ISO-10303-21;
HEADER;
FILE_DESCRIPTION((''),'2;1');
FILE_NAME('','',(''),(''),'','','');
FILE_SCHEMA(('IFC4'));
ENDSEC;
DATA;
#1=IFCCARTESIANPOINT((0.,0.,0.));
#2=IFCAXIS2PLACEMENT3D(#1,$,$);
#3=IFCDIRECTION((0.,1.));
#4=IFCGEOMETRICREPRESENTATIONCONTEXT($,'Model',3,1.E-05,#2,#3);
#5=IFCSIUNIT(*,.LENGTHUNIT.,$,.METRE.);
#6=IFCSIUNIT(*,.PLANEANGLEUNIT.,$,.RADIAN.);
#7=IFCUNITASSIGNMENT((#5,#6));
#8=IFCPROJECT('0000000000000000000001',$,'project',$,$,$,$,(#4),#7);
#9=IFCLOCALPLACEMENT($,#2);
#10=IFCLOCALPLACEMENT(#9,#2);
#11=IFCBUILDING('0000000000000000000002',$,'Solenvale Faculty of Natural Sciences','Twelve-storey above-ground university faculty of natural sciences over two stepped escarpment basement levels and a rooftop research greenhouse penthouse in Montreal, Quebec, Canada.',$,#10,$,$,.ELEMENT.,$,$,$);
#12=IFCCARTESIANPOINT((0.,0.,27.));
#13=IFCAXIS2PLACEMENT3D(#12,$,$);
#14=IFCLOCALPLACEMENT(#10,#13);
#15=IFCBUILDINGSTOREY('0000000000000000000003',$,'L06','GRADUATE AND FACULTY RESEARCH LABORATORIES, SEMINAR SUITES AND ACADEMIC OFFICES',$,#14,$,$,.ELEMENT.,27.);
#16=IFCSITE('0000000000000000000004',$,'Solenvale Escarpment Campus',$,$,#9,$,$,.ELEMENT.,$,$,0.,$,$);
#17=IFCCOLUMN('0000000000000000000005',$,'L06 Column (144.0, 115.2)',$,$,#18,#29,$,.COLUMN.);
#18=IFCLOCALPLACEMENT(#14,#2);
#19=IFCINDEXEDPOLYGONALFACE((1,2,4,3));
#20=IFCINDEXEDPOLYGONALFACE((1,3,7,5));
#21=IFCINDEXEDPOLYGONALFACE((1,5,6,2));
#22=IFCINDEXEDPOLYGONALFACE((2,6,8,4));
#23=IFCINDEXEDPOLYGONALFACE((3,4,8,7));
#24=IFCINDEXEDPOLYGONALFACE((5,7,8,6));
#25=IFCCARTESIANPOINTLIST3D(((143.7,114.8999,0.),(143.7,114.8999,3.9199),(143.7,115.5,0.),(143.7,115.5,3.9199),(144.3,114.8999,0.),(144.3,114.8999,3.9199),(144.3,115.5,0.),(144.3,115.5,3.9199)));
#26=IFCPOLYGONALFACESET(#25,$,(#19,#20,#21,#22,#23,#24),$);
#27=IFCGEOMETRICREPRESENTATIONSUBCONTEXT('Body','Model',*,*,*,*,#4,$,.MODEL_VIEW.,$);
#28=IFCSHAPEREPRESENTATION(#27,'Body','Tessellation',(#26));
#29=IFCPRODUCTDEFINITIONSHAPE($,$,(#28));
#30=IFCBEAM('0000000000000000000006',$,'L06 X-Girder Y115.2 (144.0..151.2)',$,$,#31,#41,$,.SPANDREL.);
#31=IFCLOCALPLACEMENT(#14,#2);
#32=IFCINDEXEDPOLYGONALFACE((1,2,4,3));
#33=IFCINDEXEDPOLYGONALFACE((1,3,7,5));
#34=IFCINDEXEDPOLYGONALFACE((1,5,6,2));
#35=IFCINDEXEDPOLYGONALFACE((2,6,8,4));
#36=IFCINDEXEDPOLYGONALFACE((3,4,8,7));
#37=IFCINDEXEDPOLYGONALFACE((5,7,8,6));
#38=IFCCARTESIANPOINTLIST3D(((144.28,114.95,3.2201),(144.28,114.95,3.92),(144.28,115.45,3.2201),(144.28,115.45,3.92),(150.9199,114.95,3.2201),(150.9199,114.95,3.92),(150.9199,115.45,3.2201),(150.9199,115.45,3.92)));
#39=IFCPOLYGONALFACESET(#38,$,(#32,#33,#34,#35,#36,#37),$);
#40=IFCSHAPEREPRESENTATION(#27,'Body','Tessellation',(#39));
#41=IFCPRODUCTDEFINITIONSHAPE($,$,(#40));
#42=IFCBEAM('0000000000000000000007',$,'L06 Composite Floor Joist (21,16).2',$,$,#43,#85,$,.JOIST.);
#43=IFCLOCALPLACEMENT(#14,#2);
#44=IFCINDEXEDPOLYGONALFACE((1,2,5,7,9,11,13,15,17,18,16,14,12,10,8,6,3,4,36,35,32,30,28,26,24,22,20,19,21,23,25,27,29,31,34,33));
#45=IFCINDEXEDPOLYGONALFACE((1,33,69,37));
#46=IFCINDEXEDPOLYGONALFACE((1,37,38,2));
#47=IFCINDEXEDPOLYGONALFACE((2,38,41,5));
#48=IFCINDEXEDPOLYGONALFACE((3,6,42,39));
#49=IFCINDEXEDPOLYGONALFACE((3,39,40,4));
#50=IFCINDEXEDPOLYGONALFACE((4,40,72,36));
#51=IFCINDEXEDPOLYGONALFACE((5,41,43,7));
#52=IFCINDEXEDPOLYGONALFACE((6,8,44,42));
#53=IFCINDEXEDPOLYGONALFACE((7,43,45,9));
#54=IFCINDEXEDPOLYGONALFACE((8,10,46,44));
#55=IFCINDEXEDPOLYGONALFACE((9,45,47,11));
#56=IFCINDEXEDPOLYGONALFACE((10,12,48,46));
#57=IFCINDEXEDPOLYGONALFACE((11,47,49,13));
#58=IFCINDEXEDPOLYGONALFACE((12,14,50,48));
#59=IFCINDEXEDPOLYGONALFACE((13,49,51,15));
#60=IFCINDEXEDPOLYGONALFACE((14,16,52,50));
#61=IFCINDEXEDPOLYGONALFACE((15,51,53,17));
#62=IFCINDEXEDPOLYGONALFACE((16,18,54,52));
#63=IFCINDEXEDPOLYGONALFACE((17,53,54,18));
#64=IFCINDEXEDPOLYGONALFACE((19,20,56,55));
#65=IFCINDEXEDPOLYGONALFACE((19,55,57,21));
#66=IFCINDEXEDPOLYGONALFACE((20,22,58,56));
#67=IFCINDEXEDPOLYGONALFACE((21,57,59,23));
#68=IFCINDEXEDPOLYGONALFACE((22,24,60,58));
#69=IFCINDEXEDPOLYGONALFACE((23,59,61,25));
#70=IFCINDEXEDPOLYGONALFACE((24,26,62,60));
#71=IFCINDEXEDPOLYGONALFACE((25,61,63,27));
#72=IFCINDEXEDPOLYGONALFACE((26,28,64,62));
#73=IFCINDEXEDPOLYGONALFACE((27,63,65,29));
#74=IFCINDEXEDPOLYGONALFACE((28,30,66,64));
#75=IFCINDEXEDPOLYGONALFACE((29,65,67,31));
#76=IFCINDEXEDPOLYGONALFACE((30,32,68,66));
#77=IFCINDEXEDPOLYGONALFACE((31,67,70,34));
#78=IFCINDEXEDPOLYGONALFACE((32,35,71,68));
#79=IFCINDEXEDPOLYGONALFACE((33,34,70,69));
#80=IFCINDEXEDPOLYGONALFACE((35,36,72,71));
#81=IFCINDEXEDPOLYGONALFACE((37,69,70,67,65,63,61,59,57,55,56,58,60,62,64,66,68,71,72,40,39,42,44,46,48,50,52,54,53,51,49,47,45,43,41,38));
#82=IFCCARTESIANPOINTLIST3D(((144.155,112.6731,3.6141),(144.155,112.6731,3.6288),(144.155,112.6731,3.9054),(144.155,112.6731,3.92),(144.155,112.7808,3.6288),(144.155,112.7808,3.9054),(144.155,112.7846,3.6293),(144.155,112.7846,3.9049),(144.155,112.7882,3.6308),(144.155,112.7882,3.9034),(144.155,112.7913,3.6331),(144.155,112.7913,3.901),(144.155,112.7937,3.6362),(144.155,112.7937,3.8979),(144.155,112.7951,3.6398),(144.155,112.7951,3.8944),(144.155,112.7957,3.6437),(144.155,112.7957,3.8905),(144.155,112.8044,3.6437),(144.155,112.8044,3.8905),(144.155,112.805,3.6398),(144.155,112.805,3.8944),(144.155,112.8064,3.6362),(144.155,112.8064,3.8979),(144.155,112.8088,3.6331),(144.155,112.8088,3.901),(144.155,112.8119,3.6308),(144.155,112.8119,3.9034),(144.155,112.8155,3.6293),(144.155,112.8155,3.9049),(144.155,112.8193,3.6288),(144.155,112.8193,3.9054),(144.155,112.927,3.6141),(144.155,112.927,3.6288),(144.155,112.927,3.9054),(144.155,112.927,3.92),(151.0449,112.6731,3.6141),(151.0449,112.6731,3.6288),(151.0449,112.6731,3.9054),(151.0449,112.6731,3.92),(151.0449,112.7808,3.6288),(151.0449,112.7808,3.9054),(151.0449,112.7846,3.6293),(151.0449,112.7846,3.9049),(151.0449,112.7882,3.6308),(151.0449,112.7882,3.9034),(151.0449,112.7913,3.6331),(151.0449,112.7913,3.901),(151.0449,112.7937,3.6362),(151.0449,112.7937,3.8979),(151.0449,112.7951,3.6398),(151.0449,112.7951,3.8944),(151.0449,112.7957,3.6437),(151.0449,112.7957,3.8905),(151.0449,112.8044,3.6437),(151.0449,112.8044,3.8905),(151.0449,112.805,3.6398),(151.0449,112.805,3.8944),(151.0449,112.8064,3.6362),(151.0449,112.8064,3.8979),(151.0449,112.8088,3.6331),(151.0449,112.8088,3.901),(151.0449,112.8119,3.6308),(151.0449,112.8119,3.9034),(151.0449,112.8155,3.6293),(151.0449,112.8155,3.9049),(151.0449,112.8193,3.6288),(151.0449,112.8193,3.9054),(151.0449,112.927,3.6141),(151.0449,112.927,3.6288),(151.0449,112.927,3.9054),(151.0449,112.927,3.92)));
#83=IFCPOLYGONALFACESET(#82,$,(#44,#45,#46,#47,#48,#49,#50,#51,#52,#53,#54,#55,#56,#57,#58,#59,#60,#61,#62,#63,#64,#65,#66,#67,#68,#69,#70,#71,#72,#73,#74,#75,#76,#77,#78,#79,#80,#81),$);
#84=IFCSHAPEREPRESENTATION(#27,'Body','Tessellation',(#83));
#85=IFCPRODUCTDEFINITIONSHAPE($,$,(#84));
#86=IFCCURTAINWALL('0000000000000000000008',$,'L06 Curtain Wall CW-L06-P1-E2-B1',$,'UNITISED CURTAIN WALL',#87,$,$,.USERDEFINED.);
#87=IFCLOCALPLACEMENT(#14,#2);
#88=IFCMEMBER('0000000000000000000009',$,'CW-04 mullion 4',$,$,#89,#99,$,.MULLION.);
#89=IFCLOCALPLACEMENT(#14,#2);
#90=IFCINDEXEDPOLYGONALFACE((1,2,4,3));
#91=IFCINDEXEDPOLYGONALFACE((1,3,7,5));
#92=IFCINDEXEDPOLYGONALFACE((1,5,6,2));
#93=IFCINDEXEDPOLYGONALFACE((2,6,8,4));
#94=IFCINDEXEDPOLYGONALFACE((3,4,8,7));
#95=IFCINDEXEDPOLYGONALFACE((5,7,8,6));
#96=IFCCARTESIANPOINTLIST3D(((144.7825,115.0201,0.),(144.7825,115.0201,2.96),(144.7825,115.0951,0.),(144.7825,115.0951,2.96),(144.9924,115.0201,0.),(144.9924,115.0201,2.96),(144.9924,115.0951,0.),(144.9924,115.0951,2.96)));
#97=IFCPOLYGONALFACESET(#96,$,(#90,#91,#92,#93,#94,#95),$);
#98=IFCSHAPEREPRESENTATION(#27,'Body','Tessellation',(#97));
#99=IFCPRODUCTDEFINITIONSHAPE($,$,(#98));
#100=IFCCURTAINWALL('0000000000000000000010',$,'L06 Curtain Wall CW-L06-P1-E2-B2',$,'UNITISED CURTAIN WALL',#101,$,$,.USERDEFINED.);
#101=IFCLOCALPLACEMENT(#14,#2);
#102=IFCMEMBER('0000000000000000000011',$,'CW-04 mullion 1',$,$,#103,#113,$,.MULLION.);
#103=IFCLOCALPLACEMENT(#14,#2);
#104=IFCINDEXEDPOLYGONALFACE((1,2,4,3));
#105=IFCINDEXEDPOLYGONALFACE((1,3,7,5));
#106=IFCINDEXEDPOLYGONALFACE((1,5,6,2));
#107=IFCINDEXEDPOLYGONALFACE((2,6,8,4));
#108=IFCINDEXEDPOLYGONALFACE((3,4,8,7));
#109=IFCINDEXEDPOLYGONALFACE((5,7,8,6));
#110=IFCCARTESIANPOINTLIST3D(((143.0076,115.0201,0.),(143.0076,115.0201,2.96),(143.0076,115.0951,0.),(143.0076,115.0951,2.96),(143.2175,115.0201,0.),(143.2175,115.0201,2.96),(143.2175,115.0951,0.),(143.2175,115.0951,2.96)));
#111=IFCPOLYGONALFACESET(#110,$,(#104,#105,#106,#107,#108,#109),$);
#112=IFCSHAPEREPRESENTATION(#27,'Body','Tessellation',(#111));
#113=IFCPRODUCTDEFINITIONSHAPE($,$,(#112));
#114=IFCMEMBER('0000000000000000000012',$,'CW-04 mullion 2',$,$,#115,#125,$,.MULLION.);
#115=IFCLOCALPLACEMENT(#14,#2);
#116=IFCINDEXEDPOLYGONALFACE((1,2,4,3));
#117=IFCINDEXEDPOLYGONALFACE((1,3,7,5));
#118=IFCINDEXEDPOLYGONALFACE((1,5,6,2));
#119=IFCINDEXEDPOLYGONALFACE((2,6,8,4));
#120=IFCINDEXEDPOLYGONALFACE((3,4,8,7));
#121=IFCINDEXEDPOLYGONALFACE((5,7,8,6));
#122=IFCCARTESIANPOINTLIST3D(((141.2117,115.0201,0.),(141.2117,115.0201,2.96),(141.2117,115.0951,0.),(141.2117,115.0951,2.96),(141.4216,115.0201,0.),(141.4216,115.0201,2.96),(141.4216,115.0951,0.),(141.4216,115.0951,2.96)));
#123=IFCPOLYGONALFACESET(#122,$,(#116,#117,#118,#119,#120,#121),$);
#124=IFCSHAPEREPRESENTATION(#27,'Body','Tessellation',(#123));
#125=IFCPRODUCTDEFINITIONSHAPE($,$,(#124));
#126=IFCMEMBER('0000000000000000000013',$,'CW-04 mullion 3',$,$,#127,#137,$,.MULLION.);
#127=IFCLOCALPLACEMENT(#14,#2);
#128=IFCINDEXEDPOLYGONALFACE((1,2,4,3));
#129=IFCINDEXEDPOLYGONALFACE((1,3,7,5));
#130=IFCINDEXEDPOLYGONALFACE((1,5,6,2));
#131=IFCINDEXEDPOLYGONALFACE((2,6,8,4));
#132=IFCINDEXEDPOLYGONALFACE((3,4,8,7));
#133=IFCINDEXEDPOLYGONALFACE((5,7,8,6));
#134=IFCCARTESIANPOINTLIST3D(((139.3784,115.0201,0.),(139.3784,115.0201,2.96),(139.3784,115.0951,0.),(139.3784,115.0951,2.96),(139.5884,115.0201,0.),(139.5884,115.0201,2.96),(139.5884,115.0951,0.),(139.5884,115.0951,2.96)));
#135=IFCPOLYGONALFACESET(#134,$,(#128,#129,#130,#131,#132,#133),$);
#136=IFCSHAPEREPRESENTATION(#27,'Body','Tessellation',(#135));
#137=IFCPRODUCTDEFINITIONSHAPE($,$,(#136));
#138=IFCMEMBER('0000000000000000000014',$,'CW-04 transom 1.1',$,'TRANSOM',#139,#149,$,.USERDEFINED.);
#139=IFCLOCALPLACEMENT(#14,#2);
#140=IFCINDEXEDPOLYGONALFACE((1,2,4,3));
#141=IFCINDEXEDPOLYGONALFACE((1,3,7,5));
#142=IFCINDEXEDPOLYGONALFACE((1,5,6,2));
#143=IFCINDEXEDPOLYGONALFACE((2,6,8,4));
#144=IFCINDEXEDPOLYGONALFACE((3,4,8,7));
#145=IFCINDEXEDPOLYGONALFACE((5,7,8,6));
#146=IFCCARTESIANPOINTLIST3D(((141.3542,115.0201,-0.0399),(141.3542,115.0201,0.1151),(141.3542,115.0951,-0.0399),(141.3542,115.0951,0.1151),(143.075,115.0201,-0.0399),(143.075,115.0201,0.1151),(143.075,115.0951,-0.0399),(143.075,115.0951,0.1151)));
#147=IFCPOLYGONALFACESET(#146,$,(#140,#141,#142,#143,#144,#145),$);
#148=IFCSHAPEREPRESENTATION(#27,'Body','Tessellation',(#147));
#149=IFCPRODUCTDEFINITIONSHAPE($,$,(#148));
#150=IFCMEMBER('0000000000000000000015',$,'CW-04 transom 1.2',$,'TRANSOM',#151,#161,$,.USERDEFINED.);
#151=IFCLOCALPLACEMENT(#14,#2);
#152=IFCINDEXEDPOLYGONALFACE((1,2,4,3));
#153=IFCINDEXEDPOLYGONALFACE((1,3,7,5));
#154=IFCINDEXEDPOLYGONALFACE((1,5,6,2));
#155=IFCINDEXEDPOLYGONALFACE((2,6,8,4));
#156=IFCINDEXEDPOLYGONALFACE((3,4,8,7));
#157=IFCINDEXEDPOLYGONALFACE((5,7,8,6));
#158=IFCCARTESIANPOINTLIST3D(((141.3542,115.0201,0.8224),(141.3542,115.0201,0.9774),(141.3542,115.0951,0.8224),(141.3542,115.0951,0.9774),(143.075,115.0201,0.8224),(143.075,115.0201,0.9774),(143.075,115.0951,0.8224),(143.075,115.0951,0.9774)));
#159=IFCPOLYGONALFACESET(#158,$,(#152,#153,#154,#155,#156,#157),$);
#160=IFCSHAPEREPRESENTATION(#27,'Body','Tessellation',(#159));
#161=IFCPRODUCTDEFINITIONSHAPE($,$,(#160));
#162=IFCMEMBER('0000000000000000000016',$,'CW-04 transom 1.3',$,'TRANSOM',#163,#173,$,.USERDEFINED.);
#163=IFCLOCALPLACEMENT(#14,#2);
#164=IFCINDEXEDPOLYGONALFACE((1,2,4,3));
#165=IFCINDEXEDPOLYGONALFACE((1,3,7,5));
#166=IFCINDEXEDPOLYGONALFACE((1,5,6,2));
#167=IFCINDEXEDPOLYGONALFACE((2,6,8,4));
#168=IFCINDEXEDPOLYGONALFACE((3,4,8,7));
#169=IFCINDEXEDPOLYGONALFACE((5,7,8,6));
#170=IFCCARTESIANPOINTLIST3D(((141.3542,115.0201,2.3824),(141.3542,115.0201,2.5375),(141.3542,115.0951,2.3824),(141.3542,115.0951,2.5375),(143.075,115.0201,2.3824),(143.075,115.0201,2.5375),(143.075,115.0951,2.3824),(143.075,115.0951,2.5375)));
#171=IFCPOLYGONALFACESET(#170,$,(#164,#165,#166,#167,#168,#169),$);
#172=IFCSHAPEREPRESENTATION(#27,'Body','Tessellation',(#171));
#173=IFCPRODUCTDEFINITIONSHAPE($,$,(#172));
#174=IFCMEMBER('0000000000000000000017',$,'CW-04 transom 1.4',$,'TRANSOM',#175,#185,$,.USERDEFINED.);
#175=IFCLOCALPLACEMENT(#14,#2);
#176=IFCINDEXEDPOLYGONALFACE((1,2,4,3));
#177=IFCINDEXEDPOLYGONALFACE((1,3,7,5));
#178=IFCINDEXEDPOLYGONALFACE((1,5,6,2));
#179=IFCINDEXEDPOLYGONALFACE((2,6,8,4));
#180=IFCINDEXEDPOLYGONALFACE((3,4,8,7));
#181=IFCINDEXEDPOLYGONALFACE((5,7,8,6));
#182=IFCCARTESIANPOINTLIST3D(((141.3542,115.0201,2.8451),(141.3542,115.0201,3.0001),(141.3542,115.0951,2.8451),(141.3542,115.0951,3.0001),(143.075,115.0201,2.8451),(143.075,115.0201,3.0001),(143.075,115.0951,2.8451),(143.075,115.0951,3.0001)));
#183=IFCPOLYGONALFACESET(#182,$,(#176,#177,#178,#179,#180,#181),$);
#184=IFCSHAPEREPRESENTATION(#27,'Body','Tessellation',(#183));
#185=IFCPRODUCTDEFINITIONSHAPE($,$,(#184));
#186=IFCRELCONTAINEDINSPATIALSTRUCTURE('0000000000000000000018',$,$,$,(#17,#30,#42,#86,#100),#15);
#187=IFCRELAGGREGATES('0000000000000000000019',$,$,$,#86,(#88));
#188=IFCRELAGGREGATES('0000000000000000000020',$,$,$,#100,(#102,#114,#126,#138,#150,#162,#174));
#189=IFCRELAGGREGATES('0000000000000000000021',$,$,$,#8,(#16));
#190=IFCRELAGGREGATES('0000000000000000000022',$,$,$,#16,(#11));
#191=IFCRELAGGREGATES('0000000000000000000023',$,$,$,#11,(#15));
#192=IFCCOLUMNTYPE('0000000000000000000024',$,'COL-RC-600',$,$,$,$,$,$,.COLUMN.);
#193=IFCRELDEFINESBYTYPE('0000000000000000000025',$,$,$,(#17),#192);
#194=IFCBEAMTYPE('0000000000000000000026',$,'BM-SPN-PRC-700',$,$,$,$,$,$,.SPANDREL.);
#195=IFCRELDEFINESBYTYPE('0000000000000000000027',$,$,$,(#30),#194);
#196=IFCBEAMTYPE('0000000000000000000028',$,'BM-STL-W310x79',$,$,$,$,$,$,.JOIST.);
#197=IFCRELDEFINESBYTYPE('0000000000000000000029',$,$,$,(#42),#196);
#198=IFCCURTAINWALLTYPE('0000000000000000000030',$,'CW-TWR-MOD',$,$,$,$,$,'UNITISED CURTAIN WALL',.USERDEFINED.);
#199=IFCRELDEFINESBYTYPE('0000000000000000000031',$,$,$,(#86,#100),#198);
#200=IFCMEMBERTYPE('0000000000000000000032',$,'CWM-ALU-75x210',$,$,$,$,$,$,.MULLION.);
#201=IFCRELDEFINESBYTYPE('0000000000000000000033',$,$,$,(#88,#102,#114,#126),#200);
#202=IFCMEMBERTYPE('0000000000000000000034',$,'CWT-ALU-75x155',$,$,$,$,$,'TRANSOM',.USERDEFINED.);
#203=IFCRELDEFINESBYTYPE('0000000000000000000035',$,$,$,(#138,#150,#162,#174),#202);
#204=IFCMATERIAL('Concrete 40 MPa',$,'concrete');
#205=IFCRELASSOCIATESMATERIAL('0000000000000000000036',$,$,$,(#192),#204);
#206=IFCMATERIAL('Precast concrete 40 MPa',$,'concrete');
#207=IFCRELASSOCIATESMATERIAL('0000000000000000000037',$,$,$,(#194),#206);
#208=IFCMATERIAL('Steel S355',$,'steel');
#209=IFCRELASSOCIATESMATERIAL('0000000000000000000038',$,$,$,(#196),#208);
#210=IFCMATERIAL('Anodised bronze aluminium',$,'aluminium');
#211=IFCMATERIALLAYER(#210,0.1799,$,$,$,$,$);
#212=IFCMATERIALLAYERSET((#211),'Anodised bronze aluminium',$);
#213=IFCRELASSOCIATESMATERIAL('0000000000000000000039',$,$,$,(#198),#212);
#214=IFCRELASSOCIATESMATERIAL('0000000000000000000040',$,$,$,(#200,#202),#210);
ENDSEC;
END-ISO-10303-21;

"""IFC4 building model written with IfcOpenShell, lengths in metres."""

from ifc_helpers import new_model, si_unit, direction, frame, origin, origin_2d, place, context, subcontext, project, spatial, rectangle, i_section, extrude, material, layer, layer_set, material_profile, profile_set, type_object, element, aggregate, save


model = new_model("IFC4")

# Units and contexts
model_context = context("Model", 3, precision=1e-05, world=origin(), true_north=direction((0.0, 1.0)))
body_context = subcontext(model_context, "Body", "Model", "MODEL_VIEW")
ifc_project = project(units=[si_unit("LENGTHUNIT", "METRE"), si_unit("PLANEANGLEUNIT", "RADIAN")], contexts=[model_context])

# Site, building, storey
site_placement = place(None, origin())
site = spatial("IfcSite", under=ifc_project, at=site_placement, Name="Solenvale Escarpment Campus", CompositionType="ELEMENT", RefElevation=0.0)
building_placement = place(site_placement, origin())
building = spatial("IfcBuilding", under=site, at=building_placement, Name="Solenvale Faculty of Natural Sciences", Description="Twelve-storey above-ground university faculty of natural sciences over two stepped escarpment basement levels and a rooftop research greenhouse penthouse in Montreal, Quebec, Canada.", CompositionType="ELEMENT")
storey_placement = place(building_placement, frame((0.0, 0.0, 27.0)))
storey = spatial("IfcBuildingStorey", under=building, at=storey_placement, Name="L06", Description="GRADUATE AND FACULTY RESEARCH LABORATORIES, SEMINAR SUITES AND ACADEMIC OFFICES", CompositionType="ELEMENT", Elevation=27.0)

# Column
ifc_material_1 = material(Name="Concrete 40 MPa", Category="concrete")
ifc_material_profile_1 = material_profile(ifc_material_1, rectangle(XDim=0.6001, YDim=0.6001, at=origin_2d()), Name="RC-COL-600x600")
ifc_profile_set_1 = profile_set([ifc_material_profile_1], Name="Concrete 40 MPa")
column_type = type_object("IfcColumnType", Name="COL-RC-600", PredefinedType="COLUMN", material=ifc_profile_set_1)
column_placement = place(storey_placement, frame((144.0, 115.2, 0.0), z_axis=(0.0, 0.0, 1.0), x_axis=(1.0, 0.0, 0.0)))
element("IfcColumn", 1, at=column_placement, inside=storey, type_object=column_type, Name="L06 Column (144.0, 115.2)", PredefinedType="COLUMN", context=body_context, shape_type="SweptSolid", body=[
    extrude(rectangle(XDim=0.6001, YDim=0.6001, at=origin_2d()), origin(), (0.0, 0.0, 1.0), 3.9199),
])

# Beams
ifc_material_2 = material(Name="Precast concrete 40 MPa", Category="concrete")
ifc_material_profile_2 = material_profile(ifc_material_2, rectangle(XDim=0.5, YDim=0.7, at=origin_2d()), Name="RC-BM-500x700")
ifc_profile_set_2 = profile_set([ifc_material_profile_2], Name="Precast concrete 40 MPa")
beam_type_1 = type_object("IfcBeamType", Name="BM-SPN-PRC-700", PredefinedType="SPANDREL", material=ifc_profile_set_2)
beam_1_placement = place(storey_placement, frame((144.28, 115.2, 3.5701), z_axis=(1.0, 0.0, 0.0), x_axis=(0.0, 1.0, 0.0)))
element("IfcBeam", 2, at=beam_1_placement, inside=storey, type_object=beam_type_1, Name="L06 X-Girder Y115.2 (144.0..151.2)", PredefinedType="SPANDREL", context=body_context, shape_type="SweptSolid", body=[
    extrude(rectangle(XDim=0.5, YDim=0.7, at=origin_2d()), origin(), (0.0, 0.0, 1.0), 6.6399),
])
ifc_material_3 = material(Name="Steel S355", Category="steel")
ifc_material_profile_3 = material_profile(ifc_material_3, i_section(OverallWidth=0.2539, OverallDepth=0.3059, WebThickness=0.0088, FlangeThickness=0.0146, FilletRadius=0.0149, at=origin_2d()), Name="W310x79")
ifc_profile_set_3 = profile_set([ifc_material_profile_3], Name="Steel S355")
beam_type_2 = type_object("IfcBeamType", Name="BM-STL-W310x79", PredefinedType="JOIST", material=ifc_profile_set_3)
beam_2_placement = place(storey_placement, frame((144.155, 112.8, 3.7671), z_axis=(1.0, 0.0, 0.0), x_axis=(0.0, 1.0, 0.0)))
element("IfcBeam", 3, at=beam_2_placement, inside=storey, type_object=beam_type_2, Name="L06 Composite Floor Joist (21,16).2", PredefinedType="JOIST", context=body_context, shape_type="SweptSolid", body=[
    extrude(i_section(OverallWidth=0.2539, OverallDepth=0.3059, WebThickness=0.0088, FlangeThickness=0.0146, FilletRadius=0.0149, at=origin_2d()), origin(), (0.0, 0.0, 1.0), 6.8899),
])

# Curtain wall, member
ifc_material_4 = material(Name="Anodised bronze aluminium", Category="aluminium")
ifc_layer_1 = layer(ifc_material_4, 0.1799)
ifc_layer_set_1 = layer_set([ifc_layer_1], Name="Anodised bronze aluminium")
curtain_wall_type = type_object("IfcCurtainWallType", Name="CW-TWR-MOD", ElementType="UNITISED CURTAIN WALL", PredefinedType="USERDEFINED", material=ifc_layer_set_1)
curtain_wall_1_placement = place(storey_placement, origin())
curtain_wall_1 = element("IfcCurtainWall", 4, at=curtain_wall_1_placement, inside=storey, type_object=curtain_wall_type, Name="L06 Curtain Wall CW-L06-P1-E2-B1", ObjectType="UNITISED CURTAIN WALL", PredefinedType="USERDEFINED")
ifc_material_profile_4 = material_profile(ifc_material_4, rectangle(XDim=0.075, YDim=0.21, at=origin_2d()), Name="ALU-MUL-75x210")
ifc_profile_set_4 = profile_set([ifc_material_profile_4], Name="Anodised bronze aluminium")
member_type_1 = type_object("IfcMemberType", Name="CWM-ALU-75x210", PredefinedType="MULLION", material=ifc_profile_set_4)
member_1_placement = place(storey_placement, frame((144.8875, 115.0576, 0.0), z_axis=(0.0, 0.0, 1.0), x_axis=(0.0, -1.0, 0.0)))
member_1 = element("IfcMember", 5, at=member_1_placement, type_object=member_type_1, Name="CW-04 mullion 4", PredefinedType="MULLION", context=body_context, shape_type="SweptSolid", body=[
    extrude(rectangle(XDim=0.075, YDim=0.21, at=origin_2d()), origin(), (0.0, 0.0, 1.0), 2.96),
])

# Curtain wall, members
curtain_wall_2_placement = place(storey_placement, origin())
curtain_wall_2 = element("IfcCurtainWall", 6, at=curtain_wall_2_placement, inside=storey, type_object=curtain_wall_type, Name="L06 Curtain Wall CW-L06-P1-E2-B2", ObjectType="UNITISED CURTAIN WALL", PredefinedType="USERDEFINED")
member_2_placement = place(storey_placement, frame((143.1125, 115.0576, 0.0), z_axis=(0.0, 0.0, 1.0), x_axis=(0.0, -1.0, 0.0)))
member_2 = element("IfcMember", 7, at=member_2_placement, type_object=member_type_1, Name="CW-04 mullion 1", PredefinedType="MULLION", context=body_context, shape_type="SweptSolid", body=[
    extrude(rectangle(XDim=0.075, YDim=0.21, at=origin_2d()), origin(), (0.0, 0.0, 1.0), 2.96),
])
member_3_placement = place(storey_placement, frame((141.3167, 115.0576, 0.0), z_axis=(0.0, 0.0, 1.0), x_axis=(0.0, -1.0, 0.0)))
member_3 = element("IfcMember", 8, at=member_3_placement, type_object=member_type_1, Name="CW-04 mullion 2", PredefinedType="MULLION", context=body_context, shape_type="SweptSolid", body=[
    extrude(rectangle(XDim=0.075, YDim=0.21, at=origin_2d()), origin(), (0.0, 0.0, 1.0), 2.96),
])
member_4_placement = place(storey_placement, frame((139.4834, 115.0576, 0.0), z_axis=(0.0, 0.0, 1.0), x_axis=(0.0, -1.0, 0.0)))
member_4 = element("IfcMember", 9, at=member_4_placement, type_object=member_type_1, Name="CW-04 mullion 3", PredefinedType="MULLION", context=body_context, shape_type="SweptSolid", body=[
    extrude(rectangle(XDim=0.075, YDim=0.21, at=origin_2d()), origin(), (0.0, 0.0, 1.0), 2.96),
])
ifc_material_profile_5 = material_profile(ifc_material_4, rectangle(XDim=0.075, YDim=0.155, at=origin_2d()), Name="ALU-TRN-75x155")
ifc_profile_set_5 = profile_set([ifc_material_profile_5], Name="Anodised bronze aluminium")
member_type_2 = type_object("IfcMemberType", Name="CWT-ALU-75x155", ElementType="TRANSOM", PredefinedType="USERDEFINED", material=ifc_profile_set_5)
member_5_placement = place(storey_placement, frame((143.075, 115.0576, 0.0376), z_axis=(-1.0, 0.0, 0.0), x_axis=(0.0, -1.0, 0.0)))
member_5 = element("IfcMember", 10, at=member_5_placement, type_object=member_type_2, Name="CW-04 transom 1.1", ObjectType="TRANSOM", PredefinedType="USERDEFINED", context=body_context, shape_type="SweptSolid", body=[
    extrude(rectangle(XDim=0.075, YDim=0.155, at=origin_2d()), origin(), (0.0, 0.0, 1.0), 1.7207),
])
member_6_placement = place(storey_placement, frame((143.075, 115.0576, 0.8999), z_axis=(-1.0, 0.0, 0.0), x_axis=(0.0, -1.0, 0.0)))
member_6 = element("IfcMember", 11, at=member_6_placement, type_object=member_type_2, Name="CW-04 transom 1.2", ObjectType="TRANSOM", PredefinedType="USERDEFINED", context=body_context, shape_type="SweptSolid", body=[
    extrude(rectangle(XDim=0.075, YDim=0.155, at=origin_2d()), origin(), (0.0, 0.0, 1.0), 1.7207),
])
member_7_placement = place(storey_placement, frame((143.075, 115.0576, 2.46), z_axis=(-1.0, 0.0, 0.0), x_axis=(0.0, -1.0, 0.0)))
member_7 = element("IfcMember", 12, at=member_7_placement, type_object=member_type_2, Name="CW-04 transom 1.3", ObjectType="TRANSOM", PredefinedType="USERDEFINED", context=body_context, shape_type="SweptSolid", body=[
    extrude(rectangle(XDim=0.075, YDim=0.155, at=origin_2d()), origin(), (0.0, 0.0, 1.0), 1.7207),
])
member_8_placement = place(storey_placement, frame((143.075, 115.0576, 2.9226), z_axis=(-1.0, 0.0, 0.0), x_axis=(0.0, -1.0, 0.0)))
member_8 = element("IfcMember", 13, at=member_8_placement, type_object=member_type_2, Name="CW-04 transom 1.4", ObjectType="TRANSOM", PredefinedType="USERDEFINED", context=body_context, shape_type="SweptSolid", body=[
    extrude(rectangle(XDim=0.075, YDim=0.155, at=origin_2d()), origin(), (0.0, 0.0, 1.0), 1.7207),
])

aggregate(curtain_wall_1, [member_1])
aggregate(curtain_wall_2, [member_2, member_3, member_4, member_5, member_6, member_7, member_8])

save(model, "model.ifc")
